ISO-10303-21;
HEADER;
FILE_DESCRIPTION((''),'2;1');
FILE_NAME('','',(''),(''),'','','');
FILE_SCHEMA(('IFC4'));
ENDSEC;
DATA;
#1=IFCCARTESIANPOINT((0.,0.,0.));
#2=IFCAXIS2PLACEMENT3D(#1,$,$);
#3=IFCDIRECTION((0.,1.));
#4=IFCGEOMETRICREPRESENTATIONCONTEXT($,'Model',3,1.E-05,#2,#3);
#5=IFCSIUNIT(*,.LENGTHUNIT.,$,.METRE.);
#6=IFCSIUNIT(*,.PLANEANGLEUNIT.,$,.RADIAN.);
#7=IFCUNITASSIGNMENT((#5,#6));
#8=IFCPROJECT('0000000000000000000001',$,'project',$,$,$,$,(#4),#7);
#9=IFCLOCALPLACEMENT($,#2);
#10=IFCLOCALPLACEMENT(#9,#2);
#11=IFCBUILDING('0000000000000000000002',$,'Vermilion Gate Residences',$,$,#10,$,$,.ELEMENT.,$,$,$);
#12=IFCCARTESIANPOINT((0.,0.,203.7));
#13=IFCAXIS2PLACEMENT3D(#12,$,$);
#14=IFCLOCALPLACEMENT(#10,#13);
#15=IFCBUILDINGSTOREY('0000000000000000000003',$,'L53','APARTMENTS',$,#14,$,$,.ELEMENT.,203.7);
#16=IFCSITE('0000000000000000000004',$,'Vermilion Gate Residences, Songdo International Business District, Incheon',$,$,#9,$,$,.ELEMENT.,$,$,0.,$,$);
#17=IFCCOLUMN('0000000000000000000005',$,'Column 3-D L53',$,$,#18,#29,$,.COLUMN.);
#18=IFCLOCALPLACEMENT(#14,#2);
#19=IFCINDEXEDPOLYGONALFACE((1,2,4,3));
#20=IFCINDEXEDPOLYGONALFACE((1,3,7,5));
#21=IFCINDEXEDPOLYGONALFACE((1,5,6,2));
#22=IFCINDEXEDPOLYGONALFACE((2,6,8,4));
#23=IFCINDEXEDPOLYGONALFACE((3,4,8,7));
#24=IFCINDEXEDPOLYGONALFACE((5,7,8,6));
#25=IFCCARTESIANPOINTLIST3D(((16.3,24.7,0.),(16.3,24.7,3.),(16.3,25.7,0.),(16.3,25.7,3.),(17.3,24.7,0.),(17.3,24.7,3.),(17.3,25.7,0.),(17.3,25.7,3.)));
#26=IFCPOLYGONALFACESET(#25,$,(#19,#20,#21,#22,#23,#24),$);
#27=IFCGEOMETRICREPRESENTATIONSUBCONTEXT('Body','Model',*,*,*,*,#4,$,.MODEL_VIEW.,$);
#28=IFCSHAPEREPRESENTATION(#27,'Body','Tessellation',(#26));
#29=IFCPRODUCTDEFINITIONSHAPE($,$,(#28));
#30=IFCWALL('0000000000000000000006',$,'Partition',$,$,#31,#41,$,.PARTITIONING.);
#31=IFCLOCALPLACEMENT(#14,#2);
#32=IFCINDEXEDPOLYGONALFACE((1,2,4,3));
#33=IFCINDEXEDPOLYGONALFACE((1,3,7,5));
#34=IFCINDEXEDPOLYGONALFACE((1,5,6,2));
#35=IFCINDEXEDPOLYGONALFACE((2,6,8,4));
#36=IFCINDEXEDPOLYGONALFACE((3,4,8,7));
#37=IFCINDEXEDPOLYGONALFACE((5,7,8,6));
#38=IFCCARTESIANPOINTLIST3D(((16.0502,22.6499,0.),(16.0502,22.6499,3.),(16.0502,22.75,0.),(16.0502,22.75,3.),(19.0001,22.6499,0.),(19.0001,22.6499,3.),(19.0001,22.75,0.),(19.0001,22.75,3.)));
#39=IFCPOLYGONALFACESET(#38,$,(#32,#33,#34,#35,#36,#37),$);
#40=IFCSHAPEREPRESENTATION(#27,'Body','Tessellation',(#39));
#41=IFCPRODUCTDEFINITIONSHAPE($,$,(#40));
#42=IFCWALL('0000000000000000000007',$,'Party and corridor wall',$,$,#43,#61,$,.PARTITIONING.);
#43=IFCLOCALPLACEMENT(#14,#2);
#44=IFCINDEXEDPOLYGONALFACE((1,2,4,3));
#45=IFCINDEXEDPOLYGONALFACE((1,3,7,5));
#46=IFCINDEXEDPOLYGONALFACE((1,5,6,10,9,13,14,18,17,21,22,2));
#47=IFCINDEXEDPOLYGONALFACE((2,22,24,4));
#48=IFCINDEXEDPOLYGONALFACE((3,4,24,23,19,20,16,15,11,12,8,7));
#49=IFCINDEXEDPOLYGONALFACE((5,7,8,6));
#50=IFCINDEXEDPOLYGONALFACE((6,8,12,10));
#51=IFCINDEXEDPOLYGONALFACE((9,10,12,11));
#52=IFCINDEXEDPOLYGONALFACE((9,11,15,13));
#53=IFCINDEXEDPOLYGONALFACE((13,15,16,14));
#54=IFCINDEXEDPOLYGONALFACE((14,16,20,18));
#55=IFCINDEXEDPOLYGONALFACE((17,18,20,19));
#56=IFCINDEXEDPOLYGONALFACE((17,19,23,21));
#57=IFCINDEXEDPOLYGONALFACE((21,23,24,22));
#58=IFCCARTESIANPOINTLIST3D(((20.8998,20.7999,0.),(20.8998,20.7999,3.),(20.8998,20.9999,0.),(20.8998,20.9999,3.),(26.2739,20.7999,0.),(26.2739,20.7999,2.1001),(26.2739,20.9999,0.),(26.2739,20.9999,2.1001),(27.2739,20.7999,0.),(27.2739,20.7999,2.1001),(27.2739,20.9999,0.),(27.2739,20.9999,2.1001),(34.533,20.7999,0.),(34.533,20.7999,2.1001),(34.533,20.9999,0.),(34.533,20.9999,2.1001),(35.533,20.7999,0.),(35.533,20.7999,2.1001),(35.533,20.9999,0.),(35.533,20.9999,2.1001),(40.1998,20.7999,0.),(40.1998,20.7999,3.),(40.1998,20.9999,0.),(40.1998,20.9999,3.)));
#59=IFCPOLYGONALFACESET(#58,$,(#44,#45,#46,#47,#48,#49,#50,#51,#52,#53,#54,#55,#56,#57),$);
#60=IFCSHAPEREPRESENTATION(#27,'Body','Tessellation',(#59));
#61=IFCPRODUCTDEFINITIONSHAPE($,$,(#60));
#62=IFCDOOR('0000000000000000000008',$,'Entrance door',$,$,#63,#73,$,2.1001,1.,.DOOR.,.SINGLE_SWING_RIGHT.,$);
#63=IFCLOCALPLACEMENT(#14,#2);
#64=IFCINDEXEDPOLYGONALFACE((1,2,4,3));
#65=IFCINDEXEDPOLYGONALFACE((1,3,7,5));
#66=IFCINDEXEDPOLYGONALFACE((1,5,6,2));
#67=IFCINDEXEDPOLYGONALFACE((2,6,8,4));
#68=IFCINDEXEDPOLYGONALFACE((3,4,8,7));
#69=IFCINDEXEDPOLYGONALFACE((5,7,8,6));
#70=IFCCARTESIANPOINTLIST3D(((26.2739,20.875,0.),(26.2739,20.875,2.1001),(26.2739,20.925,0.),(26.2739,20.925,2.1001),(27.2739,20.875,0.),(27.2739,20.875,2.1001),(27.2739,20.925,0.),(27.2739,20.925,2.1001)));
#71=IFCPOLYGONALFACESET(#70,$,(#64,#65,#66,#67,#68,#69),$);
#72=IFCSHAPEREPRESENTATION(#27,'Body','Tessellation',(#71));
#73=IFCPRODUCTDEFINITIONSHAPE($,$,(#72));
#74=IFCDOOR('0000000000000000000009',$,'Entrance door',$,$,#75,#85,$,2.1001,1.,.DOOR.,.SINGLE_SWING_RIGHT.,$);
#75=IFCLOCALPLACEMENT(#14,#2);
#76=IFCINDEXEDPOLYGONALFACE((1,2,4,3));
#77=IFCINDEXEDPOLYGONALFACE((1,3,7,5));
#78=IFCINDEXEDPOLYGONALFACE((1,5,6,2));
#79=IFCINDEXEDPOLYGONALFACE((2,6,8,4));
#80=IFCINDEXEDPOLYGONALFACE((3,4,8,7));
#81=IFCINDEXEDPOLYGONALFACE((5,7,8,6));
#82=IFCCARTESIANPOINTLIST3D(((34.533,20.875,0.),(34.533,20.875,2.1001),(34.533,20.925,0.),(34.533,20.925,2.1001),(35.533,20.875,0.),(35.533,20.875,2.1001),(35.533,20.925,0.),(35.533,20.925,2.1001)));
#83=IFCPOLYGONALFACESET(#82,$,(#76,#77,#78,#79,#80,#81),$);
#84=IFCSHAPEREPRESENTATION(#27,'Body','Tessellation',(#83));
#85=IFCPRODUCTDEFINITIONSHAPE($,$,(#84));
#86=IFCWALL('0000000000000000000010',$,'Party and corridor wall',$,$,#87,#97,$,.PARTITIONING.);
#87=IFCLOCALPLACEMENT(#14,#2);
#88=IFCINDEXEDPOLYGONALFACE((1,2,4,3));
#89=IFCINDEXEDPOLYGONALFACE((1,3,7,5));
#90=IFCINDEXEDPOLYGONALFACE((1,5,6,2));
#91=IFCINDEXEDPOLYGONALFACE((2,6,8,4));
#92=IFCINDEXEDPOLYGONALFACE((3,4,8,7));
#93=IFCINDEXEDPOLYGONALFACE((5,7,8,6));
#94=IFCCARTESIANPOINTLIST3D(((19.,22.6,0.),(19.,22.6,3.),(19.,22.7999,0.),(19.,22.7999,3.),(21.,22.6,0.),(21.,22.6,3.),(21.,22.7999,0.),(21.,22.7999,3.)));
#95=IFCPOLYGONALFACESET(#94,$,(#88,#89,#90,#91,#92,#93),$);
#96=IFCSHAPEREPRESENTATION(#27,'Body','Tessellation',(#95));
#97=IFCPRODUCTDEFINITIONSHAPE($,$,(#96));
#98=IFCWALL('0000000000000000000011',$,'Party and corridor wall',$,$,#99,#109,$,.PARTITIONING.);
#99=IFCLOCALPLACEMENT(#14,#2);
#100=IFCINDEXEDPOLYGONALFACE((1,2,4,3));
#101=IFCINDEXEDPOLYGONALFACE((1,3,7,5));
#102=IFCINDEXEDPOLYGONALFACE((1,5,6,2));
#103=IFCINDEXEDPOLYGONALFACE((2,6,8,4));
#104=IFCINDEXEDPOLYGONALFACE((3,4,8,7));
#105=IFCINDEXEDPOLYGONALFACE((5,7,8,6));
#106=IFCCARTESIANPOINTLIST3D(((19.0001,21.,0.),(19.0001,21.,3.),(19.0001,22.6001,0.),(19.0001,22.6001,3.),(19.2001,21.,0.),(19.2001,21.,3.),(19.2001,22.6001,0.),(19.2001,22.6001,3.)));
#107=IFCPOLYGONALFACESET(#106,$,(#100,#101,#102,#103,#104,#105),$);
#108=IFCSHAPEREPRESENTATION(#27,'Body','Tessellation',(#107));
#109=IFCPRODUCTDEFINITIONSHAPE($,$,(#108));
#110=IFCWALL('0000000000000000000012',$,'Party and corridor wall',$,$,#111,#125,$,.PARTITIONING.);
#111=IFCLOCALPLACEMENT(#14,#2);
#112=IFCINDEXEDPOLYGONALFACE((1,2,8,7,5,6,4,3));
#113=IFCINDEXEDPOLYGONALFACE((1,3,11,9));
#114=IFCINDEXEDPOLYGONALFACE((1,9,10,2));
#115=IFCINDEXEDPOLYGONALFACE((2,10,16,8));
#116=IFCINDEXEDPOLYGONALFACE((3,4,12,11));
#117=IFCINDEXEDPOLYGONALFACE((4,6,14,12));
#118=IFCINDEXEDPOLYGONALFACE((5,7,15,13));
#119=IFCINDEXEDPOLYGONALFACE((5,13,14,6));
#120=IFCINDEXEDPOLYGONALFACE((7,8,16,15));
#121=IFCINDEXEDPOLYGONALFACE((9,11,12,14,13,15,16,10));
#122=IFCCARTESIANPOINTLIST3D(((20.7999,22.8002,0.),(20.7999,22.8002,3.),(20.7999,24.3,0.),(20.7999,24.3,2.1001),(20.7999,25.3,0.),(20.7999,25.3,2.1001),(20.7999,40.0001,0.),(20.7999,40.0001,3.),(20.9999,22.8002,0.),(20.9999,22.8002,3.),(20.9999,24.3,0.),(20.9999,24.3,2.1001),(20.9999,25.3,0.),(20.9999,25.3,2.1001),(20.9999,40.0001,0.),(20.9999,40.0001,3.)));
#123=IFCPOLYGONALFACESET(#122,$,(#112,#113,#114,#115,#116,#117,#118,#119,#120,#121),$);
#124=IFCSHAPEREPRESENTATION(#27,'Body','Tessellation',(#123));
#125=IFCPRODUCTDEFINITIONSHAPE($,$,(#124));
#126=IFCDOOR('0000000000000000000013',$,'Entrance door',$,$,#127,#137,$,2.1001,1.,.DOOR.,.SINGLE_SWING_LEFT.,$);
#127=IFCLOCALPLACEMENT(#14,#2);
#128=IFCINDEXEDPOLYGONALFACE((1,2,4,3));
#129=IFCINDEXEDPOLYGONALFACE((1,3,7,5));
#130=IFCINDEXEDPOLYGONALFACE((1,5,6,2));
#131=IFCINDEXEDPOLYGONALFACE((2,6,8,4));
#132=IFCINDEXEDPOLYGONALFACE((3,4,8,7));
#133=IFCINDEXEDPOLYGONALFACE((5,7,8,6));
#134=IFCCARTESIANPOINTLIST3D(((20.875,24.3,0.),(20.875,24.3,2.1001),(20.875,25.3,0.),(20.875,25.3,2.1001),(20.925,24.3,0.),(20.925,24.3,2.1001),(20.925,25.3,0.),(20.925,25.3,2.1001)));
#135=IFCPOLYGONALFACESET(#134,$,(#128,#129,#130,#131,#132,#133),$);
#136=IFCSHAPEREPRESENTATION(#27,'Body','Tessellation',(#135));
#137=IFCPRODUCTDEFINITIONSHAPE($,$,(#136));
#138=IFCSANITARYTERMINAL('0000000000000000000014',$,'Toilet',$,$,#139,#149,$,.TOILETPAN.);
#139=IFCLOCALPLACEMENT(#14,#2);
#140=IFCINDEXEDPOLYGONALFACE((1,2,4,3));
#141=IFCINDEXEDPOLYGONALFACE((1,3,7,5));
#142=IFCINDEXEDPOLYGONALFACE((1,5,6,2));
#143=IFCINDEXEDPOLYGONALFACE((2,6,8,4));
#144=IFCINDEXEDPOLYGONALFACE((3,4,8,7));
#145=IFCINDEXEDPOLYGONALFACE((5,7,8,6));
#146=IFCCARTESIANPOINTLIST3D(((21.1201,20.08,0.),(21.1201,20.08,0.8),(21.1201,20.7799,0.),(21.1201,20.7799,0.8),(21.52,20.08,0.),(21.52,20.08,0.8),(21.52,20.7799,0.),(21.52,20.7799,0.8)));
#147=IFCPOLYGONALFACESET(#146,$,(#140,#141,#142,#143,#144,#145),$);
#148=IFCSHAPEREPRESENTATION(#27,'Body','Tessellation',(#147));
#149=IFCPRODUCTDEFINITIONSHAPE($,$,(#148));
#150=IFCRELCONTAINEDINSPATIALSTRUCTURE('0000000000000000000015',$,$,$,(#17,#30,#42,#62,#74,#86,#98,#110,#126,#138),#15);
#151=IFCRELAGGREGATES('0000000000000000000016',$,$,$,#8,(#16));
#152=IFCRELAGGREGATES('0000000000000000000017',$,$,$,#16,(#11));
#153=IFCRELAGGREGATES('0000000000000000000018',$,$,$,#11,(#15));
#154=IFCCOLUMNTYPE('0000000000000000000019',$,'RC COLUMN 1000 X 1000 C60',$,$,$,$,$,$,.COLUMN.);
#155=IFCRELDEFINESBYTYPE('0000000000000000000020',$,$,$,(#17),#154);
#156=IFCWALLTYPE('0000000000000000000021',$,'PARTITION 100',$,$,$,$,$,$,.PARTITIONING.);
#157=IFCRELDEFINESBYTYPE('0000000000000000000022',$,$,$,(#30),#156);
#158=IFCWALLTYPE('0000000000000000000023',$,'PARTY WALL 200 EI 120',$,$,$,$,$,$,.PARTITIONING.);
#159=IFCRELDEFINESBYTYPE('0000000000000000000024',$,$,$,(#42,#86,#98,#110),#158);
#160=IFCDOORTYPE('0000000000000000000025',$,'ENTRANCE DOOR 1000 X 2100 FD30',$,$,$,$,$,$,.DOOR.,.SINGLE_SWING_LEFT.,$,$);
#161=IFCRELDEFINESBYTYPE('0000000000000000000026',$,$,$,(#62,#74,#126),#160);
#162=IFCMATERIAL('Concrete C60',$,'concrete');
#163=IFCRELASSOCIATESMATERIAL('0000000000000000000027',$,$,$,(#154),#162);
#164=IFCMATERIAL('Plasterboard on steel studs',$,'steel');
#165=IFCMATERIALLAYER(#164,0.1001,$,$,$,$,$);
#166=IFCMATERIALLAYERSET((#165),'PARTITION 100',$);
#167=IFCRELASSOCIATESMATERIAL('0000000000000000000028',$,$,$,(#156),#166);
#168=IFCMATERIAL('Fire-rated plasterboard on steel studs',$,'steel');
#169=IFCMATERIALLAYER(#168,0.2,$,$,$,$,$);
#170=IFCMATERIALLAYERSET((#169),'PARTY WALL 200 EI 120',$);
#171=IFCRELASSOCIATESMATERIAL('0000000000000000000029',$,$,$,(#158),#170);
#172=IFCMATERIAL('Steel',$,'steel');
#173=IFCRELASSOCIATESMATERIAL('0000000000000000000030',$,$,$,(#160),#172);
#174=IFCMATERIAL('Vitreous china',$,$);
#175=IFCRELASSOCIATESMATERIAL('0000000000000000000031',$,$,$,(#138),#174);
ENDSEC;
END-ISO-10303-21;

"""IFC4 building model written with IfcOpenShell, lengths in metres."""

from ifc_helpers import new_model, si_unit, direction, frame, frame_2d, origin, origin_2d, place, context, subcontext, project, spatial, rectangle, extrude, material, layer, layer_set, material_profile, profile_set, type_object, element, fill, save


model = new_model("IFC4")

# Units and contexts
model_context = context("Model", 3, precision=1e-05, world=origin(), true_north=direction((0.0, 1.0)))
body_context = subcontext(model_context, "Body", "Model", "MODEL_VIEW")
ifc_project = project(units=[si_unit("LENGTHUNIT", "METRE"), si_unit("PLANEANGLEUNIT", "RADIAN")], contexts=[model_context])

# Site, building, storey
site_placement = place(None, origin())
site = spatial("IfcSite", under=ifc_project, at=site_placement, Name="Vermilion Gate Residences, Songdo International Business District, Incheon", CompositionType="ELEMENT", RefElevation=0.0)
building_placement = place(site_placement, origin())
building = spatial("IfcBuilding", under=site, at=building_placement, Name="Vermilion Gate Residences", CompositionType="ELEMENT")
storey_placement = place(building_placement, frame((0.0, 0.0, 203.7)))
storey = spatial("IfcBuildingStorey", under=building, at=storey_placement, Name="L53", Description="APARTMENTS", CompositionType="ELEMENT", Elevation=203.7)

# Column
ifc_material_1 = material(Name="Concrete C60", Category="concrete")
ifc_material_profile = material_profile(ifc_material_1, rectangle(XDim=1.0, YDim=1.0, at=origin_2d()), Name="RC-1000x1000")
ifc_profile_set = profile_set([ifc_material_profile], Name="Concrete C60")
column_type = type_object("IfcColumnType", Name="RC COLUMN 1000 X 1000 C60", PredefinedType="COLUMN", material=ifc_profile_set)
column_placement = place(storey_placement, frame((16.8, 25.2, 0.0), z_axis=(0.0, 0.0, 1.0), x_axis=(1.0, 0.0, 0.0)))
element("IfcColumn", 1, at=column_placement, inside=storey, type_object=column_type, Name="Column 3-D L53", PredefinedType="COLUMN", context=body_context, shape_type="SweptSolid", body=[
    extrude(rectangle(XDim=1.0, YDim=1.0, at=origin_2d()), origin(), (0.0, 0.0, 1.0), 3.0),
])

# Wall
ifc_material_2 = material(Name="Plasterboard on steel studs", Category="steel")
ifc_layer_1 = layer(ifc_material_2, 0.1001)
ifc_layer_set_1 = layer_set([ifc_layer_1], Name="PARTITION 100")
wall_type_1 = type_object("IfcWallType", Name="PARTITION 100", PredefinedType="PARTITIONING", material=ifc_layer_set_1)
wall_1_placement = place(storey_placement, frame((16.05, 22.7, 0.0), z_axis=(0.0, 0.0, 1.0), x_axis=(1.0, 0.0, 0.0)))
element("IfcWall", 2, at=wall_1_placement, inside=storey, type_object=wall_type_1, Name="Partition", PredefinedType="PARTITIONING", context=body_context, shape_type="SweptSolid", body=[
    extrude(rectangle(XDim=2.95, YDim=0.1001, at=frame_2d((1.4751, 0.0))), origin(), (0.0, 0.0, 1.0), 3.0),
])

# Wall, openings, doors
ifc_material_3 = material(Name="Fire-rated plasterboard on steel studs", Category="steel")
ifc_layer_2 = layer(ifc_material_3, 0.2)
ifc_layer_set_2 = layer_set([ifc_layer_2], Name="PARTY WALL 200 EI 120")
wall_type_2 = type_object("IfcWallType", Name="PARTY WALL 200 EI 120", PredefinedType="PARTITIONING", material=ifc_layer_set_2)
wall_2_placement = place(storey_placement, frame((20.8999, 20.8999, 0.0), z_axis=(0.0, 0.0, 1.0), x_axis=(1.0, 0.0, 0.0)))
wall_2 = element("IfcWall", 3, at=wall_2_placement, inside=storey, type_object=wall_type_2, Name="Party and corridor wall", PredefinedType="PARTITIONING", context=body_context, shape_type="SweptSolid", body=[
    extrude(rectangle(XDim=19.3, YDim=0.2, at=frame_2d((9.6499, 0.0))), origin(), (0.0, 0.0, 1.0), 3.0),
])
opening_1_placement = place(wall_2_placement, frame((5.374, 0.0, 0.0)))
opening_1 = element("IfcOpeningElement", 4, at=opening_1_placement, cuts=wall_2, PredefinedType="OPENING", context=body_context, shape_type="SweptSolid", body=[
    extrude(rectangle(XDim=1.0, YDim=2.1001, at=frame_2d((0.5, 1.05))), frame((0.0, 0.1099, 0.0), z_axis=(0.0, -1.0, 0.0), x_axis=(1.0, 0.0, 0.0)), (0.0, 0.0, 1.0), 0.22),
])
opening_2_placement = place(wall_2_placement, frame((13.6331, 0.0, 0.0)))
opening_2 = element("IfcOpeningElement", 5, at=opening_2_placement, cuts=wall_2, PredefinedType="OPENING", context=body_context, shape_type="SweptSolid", body=[
    extrude(rectangle(XDim=1.0, YDim=2.1001, at=frame_2d((0.5, 1.05))), frame((0.0, 0.1099, 0.0), z_axis=(0.0, -1.0, 0.0), x_axis=(1.0, 0.0, 0.0)), (0.0, 0.0, 1.0), 0.22),
])
ifc_material_4 = material(Name="Steel", Category="steel")
door_type = type_object("IfcDoorType", Name="ENTRANCE DOOR 1000 X 2100 FD30", OperationType="SINGLE_SWING_LEFT", PredefinedType="DOOR", material=ifc_material_4)
door_1_placement = place(opening_1_placement, frame((1.0, 0.0, 0.0), z_axis=(0.0, 0.0, 1.0), x_axis=(-1.0, 0.0, 0.0)))
door_1 = element("IfcDoor", 6, at=door_1_placement, inside=storey, type_object=door_type, Name="Entrance door", OperationType="SINGLE_SWING_RIGHT", OverallHeight=2.1001, OverallWidth=1.0, PredefinedType="DOOR", context=body_context, shape_type="SweptSolid", body=[
    extrude(rectangle(XDim=1.0, YDim=2.1001, at=frame_2d((0.5, 1.05))), frame((0.0, 0.0249, 0.0), z_axis=(0.0, -1.0, 0.0), x_axis=(1.0, 0.0, 0.0)), (0.0, 0.0, 1.0), 0.05),
])
fill(opening_1, door_1)
door_2_placement = place(opening_2_placement, frame((1.0, 0.0, 0.0), z_axis=(0.0, 0.0, 1.0), x_axis=(-1.0, 0.0, 0.0)))
door_2 = element("IfcDoor", 7, at=door_2_placement, inside=storey, type_object=door_type, Name="Entrance door", OperationType="SINGLE_SWING_RIGHT", OverallHeight=2.1001, OverallWidth=1.0, PredefinedType="DOOR", context=body_context, shape_type="SweptSolid", body=[
    extrude(rectangle(XDim=1.0, YDim=2.1001, at=frame_2d((0.5, 1.05))), frame((0.0, 0.0249, 0.0), z_axis=(0.0, -1.0, 0.0), x_axis=(1.0, 0.0, 0.0)), (0.0, 0.0, 1.0), 0.05),
])
fill(opening_2, door_2)

# Walls
wall_3_placement = place(storey_placement, frame((19.0, 22.7, 0.0), z_axis=(0.0, 0.0, 1.0), x_axis=(1.0, 0.0, 0.0)))
element("IfcWall", 8, at=wall_3_placement, inside=storey, type_object=wall_type_2, Name="Party and corridor wall", PredefinedType="PARTITIONING", context=body_context, shape_type="SweptSolid", body=[
    extrude(rectangle(XDim=2.0, YDim=0.2, at=frame_2d((1.0, 0.0))), origin(), (0.0, 0.0, 1.0), 3.0),
])
wall_4_placement = place(storey_placement, frame((19.1001, 21.0, 0.0), z_axis=(0.0, 0.0, 1.0), x_axis=(0.0, 1.0, 0.0)))
element("IfcWall", 9, at=wall_4_placement, inside=storey, type_object=wall_type_2, Name="Party and corridor wall", PredefinedType="PARTITIONING", context=body_context, shape_type="SweptSolid", body=[
    extrude(rectangle(XDim=1.6001, YDim=0.2, at=frame_2d((0.8, 0.0))), origin(), (0.0, 0.0, 1.0), 3.0),
])

# Wall, opening, door
wall_5_placement = place(storey_placement, frame((20.8999, 22.8, 0.0), z_axis=(0.0, 0.0, 1.0), x_axis=(0.0, 1.0, 0.0)))
wall_5 = element("IfcWall", 10, at=wall_5_placement, inside=storey, type_object=wall_type_2, Name="Party and corridor wall", PredefinedType="PARTITIONING", context=body_context, shape_type="SweptSolid", body=[
    extrude(rectangle(XDim=17.2, YDim=0.2, at=frame_2d((8.6001, 0.0))), origin(), (0.0, 0.0, 1.0), 3.0),
])
opening_3_placement = place(wall_5_placement, frame((1.5, 0.0, 0.0)))
opening_3 = element("IfcOpeningElement", 11, at=opening_3_placement, cuts=wall_5, PredefinedType="OPENING", context=body_context, shape_type="SweptSolid", body=[
    extrude(rectangle(XDim=1.0, YDim=2.1001, at=frame_2d((0.5, 1.05))), frame((0.0, 0.1099, 0.0), z_axis=(0.0, -1.0, 0.0), x_axis=(1.0, 0.0, 0.0)), (0.0, 0.0, 1.0), 0.22),
])
door_3_placement = place(opening_3_placement, origin())
door_3 = element("IfcDoor", 12, at=door_3_placement, inside=storey, type_object=door_type, Name="Entrance door", OperationType="SINGLE_SWING_LEFT", OverallHeight=2.1001, OverallWidth=1.0, PredefinedType="DOOR", context=body_context, shape_type="SweptSolid", body=[
    extrude(rectangle(XDim=1.0, YDim=2.1001, at=frame_2d((0.5, 1.05))), frame((0.0, 0.0249, 0.0), z_axis=(0.0, -1.0, 0.0), x_axis=(1.0, 0.0, 0.0)), (0.0, 0.0, 1.0), 0.05),
])
fill(opening_3, door_3)

# Sanitary terminal
ifc_material_5 = material(Name="Vitreous china")
sanitary_terminal_placement = place(storey_placement, frame((21.3201, 20.4299, 0.0), z_axis=(0.0, 0.0, 1.0), x_axis=(1.0, 0.0, 0.0)))
element("IfcSanitaryTerminal", 13, at=sanitary_terminal_placement, inside=storey, material=ifc_material_5, Name="Toilet", PredefinedType="TOILETPAN", context=body_context, shape_type="SweptSolid", body=[
    extrude(rectangle(XDim=0.3999, YDim=0.7, at=origin_2d()), origin(), (0.0, 0.0, 1.0), 0.8),
])

save(model, "model.ifc")
